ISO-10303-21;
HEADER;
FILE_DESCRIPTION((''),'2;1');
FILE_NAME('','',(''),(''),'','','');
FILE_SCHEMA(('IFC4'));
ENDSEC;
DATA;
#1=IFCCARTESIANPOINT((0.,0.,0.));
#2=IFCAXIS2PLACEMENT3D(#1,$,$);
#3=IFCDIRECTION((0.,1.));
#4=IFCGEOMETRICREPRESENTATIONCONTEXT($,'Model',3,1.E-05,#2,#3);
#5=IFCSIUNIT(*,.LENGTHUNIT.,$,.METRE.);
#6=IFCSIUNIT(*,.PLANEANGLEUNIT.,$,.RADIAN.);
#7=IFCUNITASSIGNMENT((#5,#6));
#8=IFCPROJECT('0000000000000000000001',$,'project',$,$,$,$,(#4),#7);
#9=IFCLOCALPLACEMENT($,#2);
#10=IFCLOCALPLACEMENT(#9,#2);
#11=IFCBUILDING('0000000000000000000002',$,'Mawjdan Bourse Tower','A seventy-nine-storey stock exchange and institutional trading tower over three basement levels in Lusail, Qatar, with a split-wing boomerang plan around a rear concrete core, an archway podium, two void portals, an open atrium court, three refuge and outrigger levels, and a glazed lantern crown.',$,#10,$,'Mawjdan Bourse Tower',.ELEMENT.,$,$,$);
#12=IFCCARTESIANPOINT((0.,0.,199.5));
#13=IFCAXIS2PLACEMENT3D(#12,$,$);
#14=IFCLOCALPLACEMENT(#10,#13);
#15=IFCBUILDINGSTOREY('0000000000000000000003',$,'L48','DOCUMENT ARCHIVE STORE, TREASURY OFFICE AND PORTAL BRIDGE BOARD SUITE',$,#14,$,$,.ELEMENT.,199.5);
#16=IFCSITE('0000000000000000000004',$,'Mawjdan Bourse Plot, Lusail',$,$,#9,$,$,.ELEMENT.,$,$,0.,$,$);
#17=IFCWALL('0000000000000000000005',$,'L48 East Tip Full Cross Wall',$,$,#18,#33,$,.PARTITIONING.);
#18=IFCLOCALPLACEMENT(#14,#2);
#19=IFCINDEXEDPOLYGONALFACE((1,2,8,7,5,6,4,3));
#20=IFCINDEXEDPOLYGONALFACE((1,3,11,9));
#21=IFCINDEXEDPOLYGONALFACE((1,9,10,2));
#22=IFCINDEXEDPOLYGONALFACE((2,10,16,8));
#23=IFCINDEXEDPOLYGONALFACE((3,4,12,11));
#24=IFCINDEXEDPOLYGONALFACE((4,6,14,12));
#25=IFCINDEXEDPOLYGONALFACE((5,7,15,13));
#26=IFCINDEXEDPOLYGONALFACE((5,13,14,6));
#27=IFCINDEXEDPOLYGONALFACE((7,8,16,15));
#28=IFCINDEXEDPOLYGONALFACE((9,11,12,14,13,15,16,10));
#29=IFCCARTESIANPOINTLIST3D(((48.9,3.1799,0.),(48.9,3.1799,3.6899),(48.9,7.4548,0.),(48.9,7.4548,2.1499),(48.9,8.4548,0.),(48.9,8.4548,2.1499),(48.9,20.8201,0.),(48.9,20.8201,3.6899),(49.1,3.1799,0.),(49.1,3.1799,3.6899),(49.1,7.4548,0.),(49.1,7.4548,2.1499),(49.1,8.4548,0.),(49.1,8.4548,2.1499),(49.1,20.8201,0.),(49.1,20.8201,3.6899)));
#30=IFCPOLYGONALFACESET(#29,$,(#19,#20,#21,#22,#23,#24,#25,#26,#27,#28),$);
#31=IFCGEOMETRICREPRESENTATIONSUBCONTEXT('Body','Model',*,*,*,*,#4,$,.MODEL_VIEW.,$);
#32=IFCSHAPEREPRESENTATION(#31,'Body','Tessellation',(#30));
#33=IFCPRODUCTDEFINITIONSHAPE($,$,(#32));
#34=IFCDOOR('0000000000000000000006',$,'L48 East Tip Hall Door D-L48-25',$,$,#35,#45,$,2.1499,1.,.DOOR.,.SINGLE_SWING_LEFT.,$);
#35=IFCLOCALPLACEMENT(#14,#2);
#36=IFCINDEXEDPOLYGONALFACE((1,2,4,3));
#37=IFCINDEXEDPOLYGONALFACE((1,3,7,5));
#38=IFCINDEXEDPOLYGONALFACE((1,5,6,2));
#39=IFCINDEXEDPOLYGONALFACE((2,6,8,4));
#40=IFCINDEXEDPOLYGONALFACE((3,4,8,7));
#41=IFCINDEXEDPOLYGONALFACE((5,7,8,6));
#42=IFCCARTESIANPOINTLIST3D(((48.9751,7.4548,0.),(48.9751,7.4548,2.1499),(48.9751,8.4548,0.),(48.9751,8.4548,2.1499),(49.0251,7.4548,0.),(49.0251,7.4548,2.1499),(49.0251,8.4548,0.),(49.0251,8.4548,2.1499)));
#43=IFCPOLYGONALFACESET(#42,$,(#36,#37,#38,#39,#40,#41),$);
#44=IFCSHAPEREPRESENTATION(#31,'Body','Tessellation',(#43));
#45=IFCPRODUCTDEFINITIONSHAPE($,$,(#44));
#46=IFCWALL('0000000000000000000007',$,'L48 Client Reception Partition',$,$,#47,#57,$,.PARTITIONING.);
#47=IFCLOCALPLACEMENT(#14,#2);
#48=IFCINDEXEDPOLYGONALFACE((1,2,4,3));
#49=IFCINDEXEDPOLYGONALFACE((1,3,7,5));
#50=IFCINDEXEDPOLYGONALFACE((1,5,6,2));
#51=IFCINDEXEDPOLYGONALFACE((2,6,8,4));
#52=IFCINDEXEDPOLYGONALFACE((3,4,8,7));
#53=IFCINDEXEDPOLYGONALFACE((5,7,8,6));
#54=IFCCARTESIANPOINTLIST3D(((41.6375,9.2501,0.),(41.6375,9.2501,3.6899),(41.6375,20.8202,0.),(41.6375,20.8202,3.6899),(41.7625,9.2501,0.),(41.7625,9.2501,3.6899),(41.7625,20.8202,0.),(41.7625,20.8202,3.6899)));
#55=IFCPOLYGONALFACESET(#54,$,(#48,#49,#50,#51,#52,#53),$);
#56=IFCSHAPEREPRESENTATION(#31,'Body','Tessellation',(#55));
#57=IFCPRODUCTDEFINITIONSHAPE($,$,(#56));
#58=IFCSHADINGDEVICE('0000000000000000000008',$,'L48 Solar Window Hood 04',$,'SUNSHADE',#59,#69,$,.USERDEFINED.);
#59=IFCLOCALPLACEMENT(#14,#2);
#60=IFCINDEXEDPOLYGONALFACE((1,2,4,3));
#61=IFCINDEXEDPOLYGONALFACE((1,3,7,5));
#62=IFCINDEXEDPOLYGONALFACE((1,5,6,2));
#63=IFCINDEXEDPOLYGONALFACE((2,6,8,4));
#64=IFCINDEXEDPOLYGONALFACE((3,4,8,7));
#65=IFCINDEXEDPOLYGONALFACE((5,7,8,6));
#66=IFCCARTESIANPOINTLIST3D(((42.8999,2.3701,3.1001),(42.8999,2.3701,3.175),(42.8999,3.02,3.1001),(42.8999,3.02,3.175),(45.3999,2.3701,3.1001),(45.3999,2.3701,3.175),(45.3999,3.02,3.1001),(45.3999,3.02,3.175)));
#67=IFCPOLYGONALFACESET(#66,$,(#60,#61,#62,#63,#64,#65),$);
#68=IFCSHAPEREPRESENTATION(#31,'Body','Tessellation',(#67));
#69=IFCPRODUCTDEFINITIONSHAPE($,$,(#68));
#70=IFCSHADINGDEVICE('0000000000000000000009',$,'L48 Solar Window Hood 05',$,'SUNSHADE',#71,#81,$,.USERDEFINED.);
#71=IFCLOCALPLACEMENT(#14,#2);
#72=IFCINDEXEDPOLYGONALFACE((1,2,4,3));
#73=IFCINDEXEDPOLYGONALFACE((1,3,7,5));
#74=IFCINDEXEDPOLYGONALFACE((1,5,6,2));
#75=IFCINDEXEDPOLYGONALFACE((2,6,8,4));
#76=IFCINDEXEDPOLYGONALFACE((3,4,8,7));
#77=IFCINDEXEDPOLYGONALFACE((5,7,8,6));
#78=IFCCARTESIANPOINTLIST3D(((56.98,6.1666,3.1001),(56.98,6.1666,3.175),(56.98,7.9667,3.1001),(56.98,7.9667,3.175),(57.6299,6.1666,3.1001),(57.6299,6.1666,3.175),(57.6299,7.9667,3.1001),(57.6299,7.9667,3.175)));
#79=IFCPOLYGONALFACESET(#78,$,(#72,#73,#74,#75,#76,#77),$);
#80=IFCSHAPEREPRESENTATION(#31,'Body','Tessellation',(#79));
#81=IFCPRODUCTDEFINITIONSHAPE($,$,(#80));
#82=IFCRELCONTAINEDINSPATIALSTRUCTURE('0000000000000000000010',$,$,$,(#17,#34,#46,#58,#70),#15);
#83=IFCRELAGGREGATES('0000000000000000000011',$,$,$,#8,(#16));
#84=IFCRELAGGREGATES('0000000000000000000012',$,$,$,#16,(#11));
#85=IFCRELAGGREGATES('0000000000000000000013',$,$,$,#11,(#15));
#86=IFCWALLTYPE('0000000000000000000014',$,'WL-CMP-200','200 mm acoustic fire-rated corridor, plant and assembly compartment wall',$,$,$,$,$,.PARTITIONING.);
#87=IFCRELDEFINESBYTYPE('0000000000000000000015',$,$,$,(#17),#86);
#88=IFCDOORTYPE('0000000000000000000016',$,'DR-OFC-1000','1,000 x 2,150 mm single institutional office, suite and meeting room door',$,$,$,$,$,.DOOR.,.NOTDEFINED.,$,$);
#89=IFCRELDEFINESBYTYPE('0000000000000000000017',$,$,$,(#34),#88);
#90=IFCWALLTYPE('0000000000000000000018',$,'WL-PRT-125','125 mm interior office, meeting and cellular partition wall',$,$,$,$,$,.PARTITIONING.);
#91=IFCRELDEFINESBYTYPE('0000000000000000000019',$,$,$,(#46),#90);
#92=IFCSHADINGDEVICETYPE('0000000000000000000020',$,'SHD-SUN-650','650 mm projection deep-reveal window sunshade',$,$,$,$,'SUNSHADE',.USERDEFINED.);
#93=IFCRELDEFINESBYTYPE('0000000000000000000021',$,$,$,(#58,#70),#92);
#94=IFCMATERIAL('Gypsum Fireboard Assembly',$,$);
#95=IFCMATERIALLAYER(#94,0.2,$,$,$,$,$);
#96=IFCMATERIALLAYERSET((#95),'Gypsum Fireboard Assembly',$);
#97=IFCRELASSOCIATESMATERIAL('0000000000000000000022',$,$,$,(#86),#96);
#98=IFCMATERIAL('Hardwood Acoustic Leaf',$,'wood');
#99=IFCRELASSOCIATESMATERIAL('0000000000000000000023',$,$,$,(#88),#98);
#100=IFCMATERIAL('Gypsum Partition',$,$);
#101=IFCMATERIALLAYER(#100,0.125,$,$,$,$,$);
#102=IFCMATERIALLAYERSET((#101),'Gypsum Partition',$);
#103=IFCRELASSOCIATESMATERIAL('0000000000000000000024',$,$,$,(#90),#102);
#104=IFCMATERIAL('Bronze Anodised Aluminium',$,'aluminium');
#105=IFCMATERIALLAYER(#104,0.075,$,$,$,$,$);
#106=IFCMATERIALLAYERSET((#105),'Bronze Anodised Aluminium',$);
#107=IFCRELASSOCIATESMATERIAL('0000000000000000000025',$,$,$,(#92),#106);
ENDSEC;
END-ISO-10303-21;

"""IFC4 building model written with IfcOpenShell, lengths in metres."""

from ifc_helpers import new_model, si_unit, direction, frame, frame_2d, origin, origin_2d, place, context, subcontext, project, spatial, rectangle, extrude, material, layer, layer_set, type_object, element, fill, save


model = new_model("IFC4")

# Units and contexts
model_context = context("Model", 3, precision=1e-05, world=origin(), true_north=direction((0.0, 1.0)))
body_context = subcontext(model_context, "Body", "Model", "MODEL_VIEW")
ifc_project = project(units=[si_unit("LENGTHUNIT", "METRE"), si_unit("PLANEANGLEUNIT", "RADIAN")], contexts=[model_context])

# Site, building, storey
site_placement = place(None, origin())
site = spatial("IfcSite", under=ifc_project, at=site_placement, Name="Mawjdan Bourse Plot, Lusail", CompositionType="ELEMENT", RefElevation=0.0)
building_placement = place(site_placement, origin())
building = spatial("IfcBuilding", under=site, at=building_placement, Name="Mawjdan Bourse Tower", Description="A seventy-nine-storey stock exchange and institutional trading tower over three basement levels in Lusail, Qatar, with a split-wing boomerang plan around a rear concrete core, an archway podium, two void portals, an open atrium court, three refuge and outrigger levels, and a glazed lantern crown.", LongName="Mawjdan Bourse Tower", CompositionType="ELEMENT")
storey_placement = place(building_placement, frame((0.0, 0.0, 199.5)))
storey = spatial("IfcBuildingStorey", under=building, at=storey_placement, Name="L48", Description="DOCUMENT ARCHIVE STORE, TREASURY OFFICE AND PORTAL BRIDGE BOARD SUITE", CompositionType="ELEMENT", Elevation=199.5)

# Wall, opening, door
ifc_material_1 = material(Name="Gypsum Fireboard Assembly")
ifc_layer_1 = layer(ifc_material_1, 0.2)
ifc_layer_set_1 = layer_set([ifc_layer_1], Name="Gypsum Fireboard Assembly")
wall_type_1 = type_object("IfcWallType", Name="WL-CMP-200", Description="200 mm acoustic fire-rated corridor, plant and assembly compartment wall", PredefinedType="PARTITIONING", material=ifc_layer_set_1)
ifc_material_2 = material(Name="Hardwood Acoustic Leaf", Category="wood")
door_type = type_object("IfcDoorType", Name="DR-OFC-1000", Description="1,000 x 2,150 mm single institutional office, suite and meeting room door", OperationType="NOTDEFINED", PredefinedType="DOOR", material=ifc_material_2)
wall_1_placement = place(storey_placement, frame((49.0, 3.1799, 0.0), z_axis=(0.0, 0.0, 1.0), x_axis=(0.0, 1.0, 0.0)))
wall_1 = element("IfcWall", 1, at=wall_1_placement, inside=storey, type_object=wall_type_1, Name="L48 East Tip Full Cross Wall", PredefinedType="PARTITIONING", context=body_context, shape_type="SweptSolid", body=[
    extrude(rectangle(XDim=17.6401, YDim=0.2, at=frame_2d((8.8201, 0.0))), origin(), (0.0, 0.0, 1.0), 3.6899),
])
opening_1_placement = place(wall_1_placement, frame((4.2749, 0.0, 0.0)))
opening_1 = element("IfcOpeningElement", 2, at=opening_1_placement, cuts=wall_1, PredefinedType="OPENING", context=body_context, shape_type="SweptSolid", body=[
    extrude(rectangle(XDim=1.0, YDim=2.1499, at=frame_2d((0.5, 1.075))), frame((0.0, 0.1099, 0.0), z_axis=(0.0, -1.0, 0.0), x_axis=(1.0, 0.0, 0.0)), (0.0, 0.0, 1.0), 0.22),
])
door_1_placement = place(opening_1_placement, origin())
door_1 = element("IfcDoor", 3, at=door_1_placement, inside=storey, type_object=door_type, Name="L48 East Tip Hall Door D-L48-25", OperationType="SINGLE_SWING_LEFT", OverallHeight=2.1499, OverallWidth=1.0, PredefinedType="DOOR", context=body_context, shape_type="SweptSolid", body=[
    extrude(rectangle(XDim=1.0, YDim=2.1499, at=frame_2d((0.5, 1.075))), frame((0.0, 0.0249, 0.0), z_axis=(0.0, -1.0, 0.0), x_axis=(1.0, 0.0, 0.0)), (0.0, 0.0, 1.0), 0.05),
])
fill(opening_1, door_1)

# Wall
ifc_material_3 = material(Name="Gypsum Partition")
ifc_layer_2 = layer(ifc_material_3, 0.125)
ifc_layer_set_2 = layer_set([ifc_layer_2], Name="Gypsum Partition")
wall_type_2 = type_object("IfcWallType", Name="WL-PRT-125", Description="125 mm interior office, meeting and cellular partition wall", PredefinedType="PARTITIONING", material=ifc_layer_set_2)
wall_2_placement = place(storey_placement, frame((41.7, 9.25, 0.0), z_axis=(0.0, 0.0, 1.0), x_axis=(0.0, 1.0, 0.0)))
element("IfcWall", 4, at=wall_2_placement, inside=storey, type_object=wall_type_2, Name="L48 Client Reception Partition", PredefinedType="PARTITIONING", context=body_context, shape_type="SweptSolid", body=[
    extrude(rectangle(XDim=11.5701, YDim=0.125, at=frame_2d((5.7852, 0.0))), origin(), (0.0, 0.0, 1.0), 3.6899),
])

# Shading devices
ifc_material_4 = material(Name="Bronze Anodised Aluminium", Category="aluminium")
ifc_layer_3 = layer(ifc_material_4, 0.075)
ifc_layer_set_3 = layer_set([ifc_layer_3], Name="Bronze Anodised Aluminium")
shading_device_type = type_object("IfcShadingDeviceType", Name="SHD-SUN-650", Description="650 mm projection deep-reveal window sunshade", ElementType="SUNSHADE", PredefinedType="USERDEFINED", material=ifc_layer_set_3)
shading_device_1_placement = place(storey_placement, frame((44.1499, 2.6951, 3.1001), z_axis=(0.0, 0.0, 1.0), x_axis=(1.0, 0.0, 0.0)))
element("IfcShadingDevice", 5, at=shading_device_1_placement, inside=storey, type_object=shading_device_type, Name="L48 Solar Window Hood 04", ObjectType="SUNSHADE", PredefinedType="USERDEFINED", context=body_context, shape_type="SweptSolid", body=[
    extrude(rectangle(XDim=2.5, YDim=0.6499, at=origin_2d()), origin(), (0.0, 0.0, 1.0), 0.075),
])
shading_device_2_placement = place(storey_placement, frame((57.3049, 7.0667, 3.1001), z_axis=(0.0, 0.0, 1.0), x_axis=(0.0, 1.0, 0.0)))
element("IfcShadingDevice", 6, at=shading_device_2_placement, inside=storey, type_object=shading_device_type, Name="L48 Solar Window Hood 05", ObjectType="SUNSHADE", PredefinedType="USERDEFINED", context=body_context, shape_type="SweptSolid", body=[
    extrude(rectangle(XDim=1.8, YDim=0.6499, at=origin_2d()), origin(), (0.0, 0.0, 1.0), 0.075),
])

save(model, "model.ifc")
